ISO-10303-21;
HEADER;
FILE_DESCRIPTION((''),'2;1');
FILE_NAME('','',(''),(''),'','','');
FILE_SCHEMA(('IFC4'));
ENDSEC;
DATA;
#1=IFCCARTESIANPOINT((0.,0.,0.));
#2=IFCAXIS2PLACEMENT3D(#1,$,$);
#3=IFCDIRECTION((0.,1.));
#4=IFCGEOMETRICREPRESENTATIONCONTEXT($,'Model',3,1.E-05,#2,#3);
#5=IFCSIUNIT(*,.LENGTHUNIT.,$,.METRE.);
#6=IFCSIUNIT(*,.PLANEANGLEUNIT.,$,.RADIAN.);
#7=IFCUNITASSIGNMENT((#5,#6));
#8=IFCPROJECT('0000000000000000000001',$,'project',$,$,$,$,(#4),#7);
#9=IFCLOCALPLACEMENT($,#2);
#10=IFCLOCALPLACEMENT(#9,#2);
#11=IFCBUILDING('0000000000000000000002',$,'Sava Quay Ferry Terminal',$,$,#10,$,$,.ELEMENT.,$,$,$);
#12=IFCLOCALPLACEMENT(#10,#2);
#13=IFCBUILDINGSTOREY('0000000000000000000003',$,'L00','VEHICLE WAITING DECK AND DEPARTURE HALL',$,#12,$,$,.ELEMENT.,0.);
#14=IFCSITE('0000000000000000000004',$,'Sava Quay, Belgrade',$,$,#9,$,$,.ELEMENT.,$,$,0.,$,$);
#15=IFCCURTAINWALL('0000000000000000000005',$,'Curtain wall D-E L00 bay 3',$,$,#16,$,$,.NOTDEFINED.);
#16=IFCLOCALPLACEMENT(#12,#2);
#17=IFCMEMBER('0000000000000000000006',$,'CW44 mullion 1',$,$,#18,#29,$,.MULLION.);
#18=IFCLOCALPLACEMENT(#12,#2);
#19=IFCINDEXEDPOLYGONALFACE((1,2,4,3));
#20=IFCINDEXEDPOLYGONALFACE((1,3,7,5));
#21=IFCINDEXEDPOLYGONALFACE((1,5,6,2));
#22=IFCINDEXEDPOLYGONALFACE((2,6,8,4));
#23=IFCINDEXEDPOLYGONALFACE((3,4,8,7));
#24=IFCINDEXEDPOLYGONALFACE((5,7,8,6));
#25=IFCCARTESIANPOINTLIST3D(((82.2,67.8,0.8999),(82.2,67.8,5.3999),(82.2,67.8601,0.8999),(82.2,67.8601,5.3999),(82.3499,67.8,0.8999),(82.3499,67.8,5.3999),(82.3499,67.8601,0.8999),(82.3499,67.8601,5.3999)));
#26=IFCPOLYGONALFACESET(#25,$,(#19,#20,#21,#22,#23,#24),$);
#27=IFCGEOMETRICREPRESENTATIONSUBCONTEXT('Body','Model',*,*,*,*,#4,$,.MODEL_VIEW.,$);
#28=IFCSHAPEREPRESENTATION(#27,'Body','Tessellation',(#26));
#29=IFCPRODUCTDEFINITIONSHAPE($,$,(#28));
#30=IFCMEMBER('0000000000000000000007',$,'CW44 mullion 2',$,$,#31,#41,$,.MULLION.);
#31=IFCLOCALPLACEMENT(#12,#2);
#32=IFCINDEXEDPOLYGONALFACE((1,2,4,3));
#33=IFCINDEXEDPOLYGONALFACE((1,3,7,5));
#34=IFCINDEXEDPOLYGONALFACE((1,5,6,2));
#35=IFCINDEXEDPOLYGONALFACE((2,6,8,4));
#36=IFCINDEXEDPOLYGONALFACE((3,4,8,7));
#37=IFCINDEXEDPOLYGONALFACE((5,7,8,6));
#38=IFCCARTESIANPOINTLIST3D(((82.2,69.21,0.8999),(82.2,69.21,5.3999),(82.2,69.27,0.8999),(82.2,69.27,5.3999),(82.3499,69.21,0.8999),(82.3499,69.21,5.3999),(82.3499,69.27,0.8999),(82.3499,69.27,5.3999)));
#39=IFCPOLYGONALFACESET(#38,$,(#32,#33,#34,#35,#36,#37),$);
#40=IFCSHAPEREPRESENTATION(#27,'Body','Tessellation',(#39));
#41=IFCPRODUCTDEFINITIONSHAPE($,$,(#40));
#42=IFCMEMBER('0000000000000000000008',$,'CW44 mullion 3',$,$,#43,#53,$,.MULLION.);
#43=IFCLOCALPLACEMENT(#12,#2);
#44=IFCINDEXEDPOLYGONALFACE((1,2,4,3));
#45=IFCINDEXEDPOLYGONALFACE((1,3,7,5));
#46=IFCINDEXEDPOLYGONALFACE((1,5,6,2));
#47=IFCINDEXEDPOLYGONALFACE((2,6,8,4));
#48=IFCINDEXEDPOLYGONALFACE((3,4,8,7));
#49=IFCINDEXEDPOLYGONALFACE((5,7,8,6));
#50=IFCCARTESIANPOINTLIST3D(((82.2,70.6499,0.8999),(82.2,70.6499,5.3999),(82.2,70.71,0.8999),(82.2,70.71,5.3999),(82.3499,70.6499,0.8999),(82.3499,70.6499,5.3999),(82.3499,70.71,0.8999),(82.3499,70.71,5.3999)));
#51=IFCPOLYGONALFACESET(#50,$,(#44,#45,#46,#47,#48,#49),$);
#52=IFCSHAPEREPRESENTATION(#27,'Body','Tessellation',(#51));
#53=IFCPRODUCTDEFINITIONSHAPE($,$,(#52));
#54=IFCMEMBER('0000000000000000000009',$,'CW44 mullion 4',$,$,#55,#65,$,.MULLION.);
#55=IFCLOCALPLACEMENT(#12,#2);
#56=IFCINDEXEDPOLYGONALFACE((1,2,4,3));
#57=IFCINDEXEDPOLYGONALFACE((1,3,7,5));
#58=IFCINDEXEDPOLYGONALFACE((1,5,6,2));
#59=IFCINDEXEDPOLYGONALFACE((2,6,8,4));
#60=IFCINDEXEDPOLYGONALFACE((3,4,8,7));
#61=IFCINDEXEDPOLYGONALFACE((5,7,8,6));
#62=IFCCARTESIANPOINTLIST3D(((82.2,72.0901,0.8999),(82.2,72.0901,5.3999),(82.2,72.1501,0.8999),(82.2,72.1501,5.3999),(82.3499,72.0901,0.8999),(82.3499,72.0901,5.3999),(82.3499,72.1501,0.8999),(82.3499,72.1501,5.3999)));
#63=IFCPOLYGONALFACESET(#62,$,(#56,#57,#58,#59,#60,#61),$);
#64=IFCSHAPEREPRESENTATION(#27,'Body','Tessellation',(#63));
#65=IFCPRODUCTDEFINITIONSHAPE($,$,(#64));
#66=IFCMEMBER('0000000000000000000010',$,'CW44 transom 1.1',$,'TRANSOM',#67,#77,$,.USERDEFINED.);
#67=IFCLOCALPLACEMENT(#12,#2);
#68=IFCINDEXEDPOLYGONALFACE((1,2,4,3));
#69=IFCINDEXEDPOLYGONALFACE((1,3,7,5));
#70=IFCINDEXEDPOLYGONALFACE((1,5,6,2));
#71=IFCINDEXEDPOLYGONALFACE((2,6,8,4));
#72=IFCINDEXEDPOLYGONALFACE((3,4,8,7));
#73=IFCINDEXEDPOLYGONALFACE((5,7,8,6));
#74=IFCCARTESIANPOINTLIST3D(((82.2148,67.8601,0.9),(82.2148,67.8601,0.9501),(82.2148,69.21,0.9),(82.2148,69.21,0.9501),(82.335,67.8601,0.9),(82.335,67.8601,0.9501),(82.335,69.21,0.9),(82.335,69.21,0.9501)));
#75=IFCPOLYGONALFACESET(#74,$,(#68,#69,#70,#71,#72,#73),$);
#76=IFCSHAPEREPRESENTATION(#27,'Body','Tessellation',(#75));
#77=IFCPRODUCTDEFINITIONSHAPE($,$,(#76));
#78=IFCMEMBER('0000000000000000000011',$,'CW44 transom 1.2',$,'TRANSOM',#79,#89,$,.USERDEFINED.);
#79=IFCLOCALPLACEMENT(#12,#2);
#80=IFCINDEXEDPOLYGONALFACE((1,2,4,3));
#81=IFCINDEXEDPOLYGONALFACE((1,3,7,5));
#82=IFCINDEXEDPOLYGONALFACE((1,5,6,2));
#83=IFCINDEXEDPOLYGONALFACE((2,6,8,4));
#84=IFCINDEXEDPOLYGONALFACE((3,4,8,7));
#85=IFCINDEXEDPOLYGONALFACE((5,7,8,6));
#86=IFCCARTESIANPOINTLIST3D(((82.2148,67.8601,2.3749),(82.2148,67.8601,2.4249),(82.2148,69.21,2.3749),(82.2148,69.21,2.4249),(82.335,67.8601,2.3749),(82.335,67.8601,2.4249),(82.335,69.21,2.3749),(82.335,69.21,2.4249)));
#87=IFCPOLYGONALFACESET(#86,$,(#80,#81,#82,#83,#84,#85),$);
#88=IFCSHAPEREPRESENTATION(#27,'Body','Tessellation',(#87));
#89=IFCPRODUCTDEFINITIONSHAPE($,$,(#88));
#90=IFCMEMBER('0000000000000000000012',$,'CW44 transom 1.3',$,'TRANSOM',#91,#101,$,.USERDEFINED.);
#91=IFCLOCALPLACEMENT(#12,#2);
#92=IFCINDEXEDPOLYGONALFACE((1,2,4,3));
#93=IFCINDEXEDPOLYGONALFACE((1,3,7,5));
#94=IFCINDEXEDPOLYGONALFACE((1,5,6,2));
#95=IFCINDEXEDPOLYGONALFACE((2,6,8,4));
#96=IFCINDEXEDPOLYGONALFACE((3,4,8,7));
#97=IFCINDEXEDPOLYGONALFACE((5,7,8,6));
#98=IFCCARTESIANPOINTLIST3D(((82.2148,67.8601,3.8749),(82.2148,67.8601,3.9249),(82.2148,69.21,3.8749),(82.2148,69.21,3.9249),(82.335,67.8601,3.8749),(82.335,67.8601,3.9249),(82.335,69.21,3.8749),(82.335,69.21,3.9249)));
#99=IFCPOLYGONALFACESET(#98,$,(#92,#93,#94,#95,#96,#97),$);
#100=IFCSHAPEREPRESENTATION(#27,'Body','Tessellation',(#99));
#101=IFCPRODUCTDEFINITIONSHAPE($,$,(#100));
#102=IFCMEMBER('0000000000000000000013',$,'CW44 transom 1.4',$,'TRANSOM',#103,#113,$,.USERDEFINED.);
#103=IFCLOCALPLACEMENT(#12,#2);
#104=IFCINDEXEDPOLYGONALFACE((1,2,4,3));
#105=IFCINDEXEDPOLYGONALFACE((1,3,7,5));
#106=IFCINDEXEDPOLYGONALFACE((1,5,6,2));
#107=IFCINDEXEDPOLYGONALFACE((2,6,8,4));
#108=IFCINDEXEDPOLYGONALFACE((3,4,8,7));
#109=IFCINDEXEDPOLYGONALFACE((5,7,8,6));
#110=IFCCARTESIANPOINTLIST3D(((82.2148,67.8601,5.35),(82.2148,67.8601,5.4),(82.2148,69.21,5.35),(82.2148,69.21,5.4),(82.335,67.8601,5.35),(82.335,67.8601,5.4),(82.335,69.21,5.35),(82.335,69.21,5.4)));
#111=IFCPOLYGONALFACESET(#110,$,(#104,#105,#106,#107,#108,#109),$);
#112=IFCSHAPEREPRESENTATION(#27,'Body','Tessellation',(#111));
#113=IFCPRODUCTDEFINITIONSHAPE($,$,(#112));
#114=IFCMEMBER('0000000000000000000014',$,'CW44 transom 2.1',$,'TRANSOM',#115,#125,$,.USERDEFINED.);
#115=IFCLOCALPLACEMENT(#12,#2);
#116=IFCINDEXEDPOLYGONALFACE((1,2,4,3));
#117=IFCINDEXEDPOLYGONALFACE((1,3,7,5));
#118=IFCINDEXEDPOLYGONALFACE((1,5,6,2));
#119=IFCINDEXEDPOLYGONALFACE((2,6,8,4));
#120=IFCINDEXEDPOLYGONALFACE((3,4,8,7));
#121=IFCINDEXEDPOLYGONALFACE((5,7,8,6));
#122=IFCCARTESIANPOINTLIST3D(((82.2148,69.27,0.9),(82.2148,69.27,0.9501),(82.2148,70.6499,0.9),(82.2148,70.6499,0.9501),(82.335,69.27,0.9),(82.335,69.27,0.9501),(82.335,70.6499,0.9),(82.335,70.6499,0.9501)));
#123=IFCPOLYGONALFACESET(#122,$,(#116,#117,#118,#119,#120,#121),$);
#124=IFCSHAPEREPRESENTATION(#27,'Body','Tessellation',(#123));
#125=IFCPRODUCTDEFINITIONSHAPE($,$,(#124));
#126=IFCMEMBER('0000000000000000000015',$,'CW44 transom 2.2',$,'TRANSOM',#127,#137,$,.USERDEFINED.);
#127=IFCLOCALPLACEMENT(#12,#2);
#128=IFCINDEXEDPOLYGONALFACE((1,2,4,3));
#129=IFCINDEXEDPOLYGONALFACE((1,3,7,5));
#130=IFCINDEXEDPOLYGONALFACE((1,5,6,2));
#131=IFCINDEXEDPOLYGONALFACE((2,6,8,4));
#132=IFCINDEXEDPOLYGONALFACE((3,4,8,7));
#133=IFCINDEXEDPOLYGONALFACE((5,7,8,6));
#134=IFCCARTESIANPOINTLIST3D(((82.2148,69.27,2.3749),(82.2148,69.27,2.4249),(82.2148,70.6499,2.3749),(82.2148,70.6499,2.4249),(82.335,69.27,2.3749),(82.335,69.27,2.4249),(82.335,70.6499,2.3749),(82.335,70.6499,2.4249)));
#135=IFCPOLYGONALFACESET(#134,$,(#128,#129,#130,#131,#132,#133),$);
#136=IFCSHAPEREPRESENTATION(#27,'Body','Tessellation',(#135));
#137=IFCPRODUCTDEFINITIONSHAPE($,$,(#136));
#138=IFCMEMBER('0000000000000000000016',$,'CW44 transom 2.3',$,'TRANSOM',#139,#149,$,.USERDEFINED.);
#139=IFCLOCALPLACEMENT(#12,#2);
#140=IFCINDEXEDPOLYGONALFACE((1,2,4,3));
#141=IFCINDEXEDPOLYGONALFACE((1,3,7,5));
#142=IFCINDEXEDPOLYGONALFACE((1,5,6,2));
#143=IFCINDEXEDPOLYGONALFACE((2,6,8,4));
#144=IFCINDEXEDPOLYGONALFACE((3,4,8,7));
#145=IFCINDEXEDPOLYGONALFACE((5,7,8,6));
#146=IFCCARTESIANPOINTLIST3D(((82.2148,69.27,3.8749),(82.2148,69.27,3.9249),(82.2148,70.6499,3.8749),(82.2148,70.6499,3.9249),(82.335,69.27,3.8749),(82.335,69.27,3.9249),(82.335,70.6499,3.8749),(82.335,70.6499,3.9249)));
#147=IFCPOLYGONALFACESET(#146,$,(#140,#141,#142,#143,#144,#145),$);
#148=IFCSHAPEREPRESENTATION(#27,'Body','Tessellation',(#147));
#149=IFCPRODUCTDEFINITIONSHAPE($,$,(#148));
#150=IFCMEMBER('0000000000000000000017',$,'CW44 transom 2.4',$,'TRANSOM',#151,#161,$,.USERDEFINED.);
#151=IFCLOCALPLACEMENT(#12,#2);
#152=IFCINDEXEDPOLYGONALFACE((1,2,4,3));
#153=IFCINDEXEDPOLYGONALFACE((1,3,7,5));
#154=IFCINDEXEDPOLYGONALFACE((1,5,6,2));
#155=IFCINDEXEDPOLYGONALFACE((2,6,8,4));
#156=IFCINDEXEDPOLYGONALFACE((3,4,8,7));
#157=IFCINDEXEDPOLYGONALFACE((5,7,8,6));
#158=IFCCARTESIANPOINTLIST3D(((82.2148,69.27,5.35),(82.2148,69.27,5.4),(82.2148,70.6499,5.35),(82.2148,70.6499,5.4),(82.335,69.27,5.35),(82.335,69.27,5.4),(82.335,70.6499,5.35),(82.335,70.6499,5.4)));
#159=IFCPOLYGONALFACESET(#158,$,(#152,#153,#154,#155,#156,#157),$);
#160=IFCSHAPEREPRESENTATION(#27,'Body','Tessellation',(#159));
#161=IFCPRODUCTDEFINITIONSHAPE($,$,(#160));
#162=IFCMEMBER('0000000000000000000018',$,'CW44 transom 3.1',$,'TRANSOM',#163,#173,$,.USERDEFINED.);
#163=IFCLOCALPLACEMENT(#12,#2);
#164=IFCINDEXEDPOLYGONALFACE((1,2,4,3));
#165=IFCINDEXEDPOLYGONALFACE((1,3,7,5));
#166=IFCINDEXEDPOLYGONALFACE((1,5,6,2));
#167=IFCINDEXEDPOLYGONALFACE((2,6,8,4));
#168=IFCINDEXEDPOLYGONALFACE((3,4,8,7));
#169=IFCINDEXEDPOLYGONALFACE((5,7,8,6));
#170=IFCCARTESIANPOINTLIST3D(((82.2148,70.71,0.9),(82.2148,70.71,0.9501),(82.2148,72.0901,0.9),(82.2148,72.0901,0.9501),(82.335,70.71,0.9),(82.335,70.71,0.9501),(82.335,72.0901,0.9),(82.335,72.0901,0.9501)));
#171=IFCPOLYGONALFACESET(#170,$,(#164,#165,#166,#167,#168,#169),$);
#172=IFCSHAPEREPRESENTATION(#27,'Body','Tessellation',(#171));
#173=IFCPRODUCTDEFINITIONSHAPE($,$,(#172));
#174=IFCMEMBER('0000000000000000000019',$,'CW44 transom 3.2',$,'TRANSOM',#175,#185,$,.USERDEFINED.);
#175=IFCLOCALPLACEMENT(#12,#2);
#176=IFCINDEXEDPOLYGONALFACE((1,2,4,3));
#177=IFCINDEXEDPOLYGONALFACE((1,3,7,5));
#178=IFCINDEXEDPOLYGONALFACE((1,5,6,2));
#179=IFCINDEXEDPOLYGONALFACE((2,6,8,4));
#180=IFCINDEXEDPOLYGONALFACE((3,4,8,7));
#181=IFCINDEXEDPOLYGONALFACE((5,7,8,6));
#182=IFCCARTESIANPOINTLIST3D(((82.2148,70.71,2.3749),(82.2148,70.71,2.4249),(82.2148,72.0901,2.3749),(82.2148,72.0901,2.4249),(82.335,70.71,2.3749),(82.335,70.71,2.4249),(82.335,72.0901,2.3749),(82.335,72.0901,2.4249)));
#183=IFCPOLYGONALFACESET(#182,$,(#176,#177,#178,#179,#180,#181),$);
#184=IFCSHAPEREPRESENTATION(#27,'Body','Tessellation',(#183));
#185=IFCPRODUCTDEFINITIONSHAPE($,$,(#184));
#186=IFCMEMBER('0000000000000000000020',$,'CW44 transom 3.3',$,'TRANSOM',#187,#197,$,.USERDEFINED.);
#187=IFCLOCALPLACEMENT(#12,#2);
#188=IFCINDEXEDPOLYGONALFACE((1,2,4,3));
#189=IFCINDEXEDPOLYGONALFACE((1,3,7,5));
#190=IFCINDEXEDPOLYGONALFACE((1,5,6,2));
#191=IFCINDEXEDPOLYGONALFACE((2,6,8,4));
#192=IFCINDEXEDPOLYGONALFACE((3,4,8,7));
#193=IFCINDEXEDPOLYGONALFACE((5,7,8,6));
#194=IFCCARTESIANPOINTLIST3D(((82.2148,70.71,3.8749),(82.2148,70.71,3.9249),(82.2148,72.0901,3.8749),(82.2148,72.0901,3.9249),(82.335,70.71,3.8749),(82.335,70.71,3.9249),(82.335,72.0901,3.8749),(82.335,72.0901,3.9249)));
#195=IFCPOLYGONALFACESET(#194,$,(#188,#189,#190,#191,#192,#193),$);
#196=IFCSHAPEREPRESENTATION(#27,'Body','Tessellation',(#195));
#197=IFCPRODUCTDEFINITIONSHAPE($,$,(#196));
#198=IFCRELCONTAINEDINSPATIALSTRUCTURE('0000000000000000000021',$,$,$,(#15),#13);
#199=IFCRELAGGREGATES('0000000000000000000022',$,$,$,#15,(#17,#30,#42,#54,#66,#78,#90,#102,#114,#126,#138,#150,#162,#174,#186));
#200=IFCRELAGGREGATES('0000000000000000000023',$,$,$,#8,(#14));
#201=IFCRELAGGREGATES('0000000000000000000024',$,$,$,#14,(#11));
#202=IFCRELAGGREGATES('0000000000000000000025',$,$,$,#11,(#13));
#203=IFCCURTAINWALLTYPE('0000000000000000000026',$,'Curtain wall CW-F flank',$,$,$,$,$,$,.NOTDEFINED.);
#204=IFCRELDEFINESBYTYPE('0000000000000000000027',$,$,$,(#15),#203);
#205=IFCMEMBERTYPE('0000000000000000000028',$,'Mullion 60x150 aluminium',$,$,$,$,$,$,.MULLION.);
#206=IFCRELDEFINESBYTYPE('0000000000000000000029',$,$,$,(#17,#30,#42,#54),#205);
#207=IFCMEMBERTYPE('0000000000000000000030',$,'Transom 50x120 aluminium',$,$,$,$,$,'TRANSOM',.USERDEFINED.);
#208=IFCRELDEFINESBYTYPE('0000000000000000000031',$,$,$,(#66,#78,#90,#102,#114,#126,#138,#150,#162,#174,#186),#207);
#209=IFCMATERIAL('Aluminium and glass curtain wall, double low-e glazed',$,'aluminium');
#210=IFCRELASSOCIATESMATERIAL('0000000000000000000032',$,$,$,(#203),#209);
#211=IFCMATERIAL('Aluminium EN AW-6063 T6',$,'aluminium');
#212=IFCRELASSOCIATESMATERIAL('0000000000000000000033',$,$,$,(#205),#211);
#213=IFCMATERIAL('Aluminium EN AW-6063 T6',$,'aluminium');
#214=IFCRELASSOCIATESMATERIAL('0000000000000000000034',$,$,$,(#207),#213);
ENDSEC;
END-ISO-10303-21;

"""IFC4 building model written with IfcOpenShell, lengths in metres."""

from ifc_helpers import new_model, si_unit, direction, frame, origin, origin_2d, place, context, subcontext, project, spatial, rectangle, extrude, material, material_profile, profile_set, type_object, element, aggregate, save


model = new_model("IFC4")

# Units and contexts
model_context = context("Model", 3, precision=1e-05, world=origin(), true_north=direction((0.0, 1.0)))
body_context = subcontext(model_context, "Body", "Model", "MODEL_VIEW")
ifc_project = project(units=[si_unit("LENGTHUNIT", "METRE"), si_unit("PLANEANGLEUNIT", "RADIAN")], contexts=[model_context])

# Site, building, storey
site_placement = place(None, origin())
site = spatial("IfcSite", under=ifc_project, at=site_placement, Name="Sava Quay, Belgrade", CompositionType="ELEMENT", RefElevation=0.0)
building_placement = place(site_placement, origin())
building = spatial("IfcBuilding", under=site, at=building_placement, Name="Sava Quay Ferry Terminal", CompositionType="ELEMENT")
storey_placement = place(building_placement, origin())
storey = spatial("IfcBuildingStorey", under=building, at=storey_placement, Name="L00", Description="VEHICLE WAITING DECK AND DEPARTURE HALL", CompositionType="ELEMENT", Elevation=0.0)

# Curtain wall, members
ifc_material_1 = material(Name="Aluminium and glass curtain wall, double low-e glazed", Category="aluminium")
curtain_wall_type = type_object("IfcCurtainWallType", Name="Curtain wall CW-F flank", PredefinedType="NOTDEFINED", material=ifc_material_1)
curtain_wall_placement = place(storey_placement, origin())
curtain_wall = element("IfcCurtainWall", 1, at=curtain_wall_placement, inside=storey, type_object=curtain_wall_type, Name="Curtain wall D-E L00 bay 3", PredefinedType="NOTDEFINED")
ifc_material_2 = material(Name="Aluminium EN AW-6063 T6", Category="aluminium")
ifc_material_profile_1 = material_profile(ifc_material_2, rectangle(XDim=0.1499, YDim=0.0601, at=origin_2d()), Name="Mullion 60x150 aluminium")
ifc_profile_set_1 = profile_set([ifc_material_profile_1], Name="Aluminium EN AW-6063 T6")
member_type_1 = type_object("IfcMemberType", Name="Mullion 60x150 aluminium", PredefinedType="MULLION", material=ifc_profile_set_1)
member_1_placement = place(storey_placement, frame((82.2749, 67.8301, 0.8999), z_axis=(0.0, 0.0, 1.0), x_axis=(-1.0, 0.0, 0.0)))
member_1 = element("IfcMember", 2, at=member_1_placement, type_object=member_type_1, Name="CW44 mullion 1", PredefinedType="MULLION", context=body_context, shape_type="SweptSolid", body=[
    extrude(rectangle(XDim=0.1499, YDim=0.0601, at=origin_2d()), origin(), (0.0, 0.0, 1.0), 4.5),
])
member_2_placement = place(storey_placement, frame((82.2749, 69.24, 0.8999), z_axis=(0.0, 0.0, 1.0), x_axis=(-1.0, 0.0, 0.0)))
member_2 = element("IfcMember", 3, at=member_2_placement, type_object=member_type_1, Name="CW44 mullion 2", PredefinedType="MULLION", context=body_context, shape_type="SweptSolid", body=[
    extrude(rectangle(XDim=0.1499, YDim=0.0601, at=origin_2d()), origin(), (0.0, 0.0, 1.0), 4.5),
])
member_3_placement = place(storey_placement, frame((82.2749, 70.6799, 0.8999), z_axis=(0.0, 0.0, 1.0), x_axis=(-1.0, 0.0, 0.0)))
member_3 = element("IfcMember", 4, at=member_3_placement, type_object=member_type_1, Name="CW44 mullion 3", PredefinedType="MULLION", context=body_context, shape_type="SweptSolid", body=[
    extrude(rectangle(XDim=0.1499, YDim=0.0601, at=origin_2d()), origin(), (0.0, 0.0, 1.0), 4.5),
])
member_4_placement = place(storey_placement, frame((82.2749, 72.1201, 0.8999), z_axis=(0.0, 0.0, 1.0), x_axis=(-1.0, 0.0, 0.0)))
member_4 = element("IfcMember", 5, at=member_4_placement, type_object=member_type_1, Name="CW44 mullion 4", PredefinedType="MULLION", context=body_context, shape_type="SweptSolid", body=[
    extrude(rectangle(XDim=0.1499, YDim=0.0601, at=origin_2d()), origin(), (0.0, 0.0, 1.0), 4.5),
])
ifc_material_3 = material(Name="Aluminium EN AW-6063 T6", Category="aluminium")
ifc_material_profile_2 = material_profile(ifc_material_3, rectangle(XDim=0.1201, YDim=0.05, at=origin_2d()), Name="Transom 50x120 aluminium")
ifc_profile_set_2 = profile_set([ifc_material_profile_2], Name="Aluminium EN AW-6063 T6")
member_type_2 = type_object("IfcMemberType", Name="Transom 50x120 aluminium", ElementType="TRANSOM", PredefinedType="USERDEFINED", material=ifc_profile_set_2)
member_5_placement = place(storey_placement, frame((82.2749, 67.8601, 0.925), z_axis=(0.0, 1.0, 0.0), x_axis=(-1.0, 0.0, 0.0)))
member_5 = element("IfcMember", 6, at=member_5_placement, type_object=member_type_2, Name="CW44 transom 1.1", ObjectType="TRANSOM", PredefinedType="USERDEFINED", context=body_context, shape_type="SweptSolid", body=[
    extrude(rectangle(XDim=0.1201, YDim=0.05, at=origin_2d()), origin(), (0.0, 0.0, 1.0), 1.3499),
])
member_6_placement = place(storey_placement, frame((82.2749, 67.8601, 2.3999), z_axis=(0.0, 1.0, 0.0), x_axis=(-1.0, 0.0, 0.0)))
member_6 = element("IfcMember", 7, at=member_6_placement, type_object=member_type_2, Name="CW44 transom 1.2", ObjectType="TRANSOM", PredefinedType="USERDEFINED", context=body_context, shape_type="SweptSolid", body=[
    extrude(rectangle(XDim=0.1201, YDim=0.05, at=origin_2d()), origin(), (0.0, 0.0, 1.0), 1.3499),
])
member_7_placement = place(storey_placement, frame((82.2749, 67.8601, 3.8999), z_axis=(0.0, 1.0, 0.0), x_axis=(-1.0, 0.0, 0.0)))
member_7 = element("IfcMember", 8, at=member_7_placement, type_object=member_type_2, Name="CW44 transom 1.3", ObjectType="TRANSOM", PredefinedType="USERDEFINED", context=body_context, shape_type="SweptSolid", body=[
    extrude(rectangle(XDim=0.1201, YDim=0.05, at=origin_2d()), origin(), (0.0, 0.0, 1.0), 1.3499),
])
member_8_placement = place(storey_placement, frame((82.2749, 67.8601, 5.375), z_axis=(0.0, 1.0, 0.0), x_axis=(-1.0, 0.0, 0.0)))
member_8 = element("IfcMember", 9, at=member_8_placement, type_object=member_type_2, Name="CW44 transom 1.4", ObjectType="TRANSOM", PredefinedType="USERDEFINED", context=body_context, shape_type="SweptSolid", body=[
    extrude(rectangle(XDim=0.1201, YDim=0.05, at=origin_2d()), origin(), (0.0, 0.0, 1.0), 1.3499),
])
member_9_placement = place(storey_placement, frame((82.2749, 69.27, 0.925), z_axis=(0.0, 1.0, 0.0), x_axis=(-1.0, 0.0, 0.0)))
member_9 = element("IfcMember", 10, at=member_9_placement, type_object=member_type_2, Name="CW44 transom 2.1", ObjectType="TRANSOM", PredefinedType="USERDEFINED", context=body_context, shape_type="SweptSolid", body=[
    extrude(rectangle(XDim=0.1201, YDim=0.05, at=origin_2d()), origin(), (0.0, 0.0, 1.0), 1.3799),
])
member_10_placement = place(storey_placement, frame((82.2749, 69.27, 2.3999), z_axis=(0.0, 1.0, 0.0), x_axis=(-1.0, 0.0, 0.0)))
member_10 = element("IfcMember", 11, at=member_10_placement, type_object=member_type_2, Name="CW44 transom 2.2", ObjectType="TRANSOM", PredefinedType="USERDEFINED", context=body_context, shape_type="SweptSolid", body=[
    extrude(rectangle(XDim=0.1201, YDim=0.05, at=origin_2d()), origin(), (0.0, 0.0, 1.0), 1.3799),
])
member_11_placement = place(storey_placement, frame((82.2749, 69.27, 3.8999), z_axis=(0.0, 1.0, 0.0), x_axis=(-1.0, 0.0, 0.0)))
member_11 = element("IfcMember", 12, at=member_11_placement, type_object=member_type_2, Name="CW44 transom 2.3", ObjectType="TRANSOM", PredefinedType="USERDEFINED", context=body_context, shape_type="SweptSolid", body=[
    extrude(rectangle(XDim=0.1201, YDim=0.05, at=origin_2d()), origin(), (0.0, 0.0, 1.0), 1.3799),
])
member_12_placement = place(storey_placement, frame((82.2749, 69.27, 5.375), z_axis=(0.0, 1.0, 0.0), x_axis=(-1.0, 0.0, 0.0)))
member_12 = element("IfcMember", 13, at=member_12_placement, type_object=member_type_2, Name="CW44 transom 2.4", ObjectType="TRANSOM", PredefinedType="USERDEFINED", context=body_context, shape_type="SweptSolid", body=[
    extrude(rectangle(XDim=0.1201, YDim=0.05, at=origin_2d()), origin(), (0.0, 0.0, 1.0), 1.3799),
])
member_13_placement = place(storey_placement, frame((82.2749, 70.71, 0.925), z_axis=(0.0, 1.0, 0.0), x_axis=(-1.0, 0.0, 0.0)))
member_13 = element("IfcMember", 14, at=member_13_placement, type_object=member_type_2, Name="CW44 transom 3.1", ObjectType="TRANSOM", PredefinedType="USERDEFINED", context=body_context, shape_type="SweptSolid", body=[
    extrude(rectangle(XDim=0.1201, YDim=0.05, at=origin_2d()), origin(), (0.0, 0.0, 1.0), 1.3801),
])
member_14_placement = place(storey_placement, frame((82.2749, 70.71, 2.3999), z_axis=(0.0, 1.0, 0.0), x_axis=(-1.0, 0.0, 0.0)))
member_14 = element("IfcMember", 15, at=member_14_placement, type_object=member_type_2, Name="CW44 transom 3.2", ObjectType="TRANSOM", PredefinedType="USERDEFINED", context=body_context, shape_type="SweptSolid", body=[
    extrude(rectangle(XDim=0.1201, YDim=0.05, at=origin_2d()), origin(), (0.0, 0.0, 1.0), 1.3801),
])
member_15_placement = place(storey_placement, frame((82.2749, 70.71, 3.8999), z_axis=(0.0, 1.0, 0.0), x_axis=(-1.0, 0.0, 0.0)))
member_15 = element("IfcMember", 16, at=member_15_placement, type_object=member_type_2, Name="CW44 transom 3.3", ObjectType="TRANSOM", PredefinedType="USERDEFINED", context=body_context, shape_type="SweptSolid", body=[
    extrude(rectangle(XDim=0.1201, YDim=0.05, at=origin_2d()), origin(), (0.0, 0.0, 1.0), 1.3801),
])
aggregate(curtain_wall, [member_1, member_2, member_3, member_4, member_5, member_6, member_7, member_8, member_9, member_10, member_11, member_12, member_13, member_14, member_15])

save(model, "model.ifc")
